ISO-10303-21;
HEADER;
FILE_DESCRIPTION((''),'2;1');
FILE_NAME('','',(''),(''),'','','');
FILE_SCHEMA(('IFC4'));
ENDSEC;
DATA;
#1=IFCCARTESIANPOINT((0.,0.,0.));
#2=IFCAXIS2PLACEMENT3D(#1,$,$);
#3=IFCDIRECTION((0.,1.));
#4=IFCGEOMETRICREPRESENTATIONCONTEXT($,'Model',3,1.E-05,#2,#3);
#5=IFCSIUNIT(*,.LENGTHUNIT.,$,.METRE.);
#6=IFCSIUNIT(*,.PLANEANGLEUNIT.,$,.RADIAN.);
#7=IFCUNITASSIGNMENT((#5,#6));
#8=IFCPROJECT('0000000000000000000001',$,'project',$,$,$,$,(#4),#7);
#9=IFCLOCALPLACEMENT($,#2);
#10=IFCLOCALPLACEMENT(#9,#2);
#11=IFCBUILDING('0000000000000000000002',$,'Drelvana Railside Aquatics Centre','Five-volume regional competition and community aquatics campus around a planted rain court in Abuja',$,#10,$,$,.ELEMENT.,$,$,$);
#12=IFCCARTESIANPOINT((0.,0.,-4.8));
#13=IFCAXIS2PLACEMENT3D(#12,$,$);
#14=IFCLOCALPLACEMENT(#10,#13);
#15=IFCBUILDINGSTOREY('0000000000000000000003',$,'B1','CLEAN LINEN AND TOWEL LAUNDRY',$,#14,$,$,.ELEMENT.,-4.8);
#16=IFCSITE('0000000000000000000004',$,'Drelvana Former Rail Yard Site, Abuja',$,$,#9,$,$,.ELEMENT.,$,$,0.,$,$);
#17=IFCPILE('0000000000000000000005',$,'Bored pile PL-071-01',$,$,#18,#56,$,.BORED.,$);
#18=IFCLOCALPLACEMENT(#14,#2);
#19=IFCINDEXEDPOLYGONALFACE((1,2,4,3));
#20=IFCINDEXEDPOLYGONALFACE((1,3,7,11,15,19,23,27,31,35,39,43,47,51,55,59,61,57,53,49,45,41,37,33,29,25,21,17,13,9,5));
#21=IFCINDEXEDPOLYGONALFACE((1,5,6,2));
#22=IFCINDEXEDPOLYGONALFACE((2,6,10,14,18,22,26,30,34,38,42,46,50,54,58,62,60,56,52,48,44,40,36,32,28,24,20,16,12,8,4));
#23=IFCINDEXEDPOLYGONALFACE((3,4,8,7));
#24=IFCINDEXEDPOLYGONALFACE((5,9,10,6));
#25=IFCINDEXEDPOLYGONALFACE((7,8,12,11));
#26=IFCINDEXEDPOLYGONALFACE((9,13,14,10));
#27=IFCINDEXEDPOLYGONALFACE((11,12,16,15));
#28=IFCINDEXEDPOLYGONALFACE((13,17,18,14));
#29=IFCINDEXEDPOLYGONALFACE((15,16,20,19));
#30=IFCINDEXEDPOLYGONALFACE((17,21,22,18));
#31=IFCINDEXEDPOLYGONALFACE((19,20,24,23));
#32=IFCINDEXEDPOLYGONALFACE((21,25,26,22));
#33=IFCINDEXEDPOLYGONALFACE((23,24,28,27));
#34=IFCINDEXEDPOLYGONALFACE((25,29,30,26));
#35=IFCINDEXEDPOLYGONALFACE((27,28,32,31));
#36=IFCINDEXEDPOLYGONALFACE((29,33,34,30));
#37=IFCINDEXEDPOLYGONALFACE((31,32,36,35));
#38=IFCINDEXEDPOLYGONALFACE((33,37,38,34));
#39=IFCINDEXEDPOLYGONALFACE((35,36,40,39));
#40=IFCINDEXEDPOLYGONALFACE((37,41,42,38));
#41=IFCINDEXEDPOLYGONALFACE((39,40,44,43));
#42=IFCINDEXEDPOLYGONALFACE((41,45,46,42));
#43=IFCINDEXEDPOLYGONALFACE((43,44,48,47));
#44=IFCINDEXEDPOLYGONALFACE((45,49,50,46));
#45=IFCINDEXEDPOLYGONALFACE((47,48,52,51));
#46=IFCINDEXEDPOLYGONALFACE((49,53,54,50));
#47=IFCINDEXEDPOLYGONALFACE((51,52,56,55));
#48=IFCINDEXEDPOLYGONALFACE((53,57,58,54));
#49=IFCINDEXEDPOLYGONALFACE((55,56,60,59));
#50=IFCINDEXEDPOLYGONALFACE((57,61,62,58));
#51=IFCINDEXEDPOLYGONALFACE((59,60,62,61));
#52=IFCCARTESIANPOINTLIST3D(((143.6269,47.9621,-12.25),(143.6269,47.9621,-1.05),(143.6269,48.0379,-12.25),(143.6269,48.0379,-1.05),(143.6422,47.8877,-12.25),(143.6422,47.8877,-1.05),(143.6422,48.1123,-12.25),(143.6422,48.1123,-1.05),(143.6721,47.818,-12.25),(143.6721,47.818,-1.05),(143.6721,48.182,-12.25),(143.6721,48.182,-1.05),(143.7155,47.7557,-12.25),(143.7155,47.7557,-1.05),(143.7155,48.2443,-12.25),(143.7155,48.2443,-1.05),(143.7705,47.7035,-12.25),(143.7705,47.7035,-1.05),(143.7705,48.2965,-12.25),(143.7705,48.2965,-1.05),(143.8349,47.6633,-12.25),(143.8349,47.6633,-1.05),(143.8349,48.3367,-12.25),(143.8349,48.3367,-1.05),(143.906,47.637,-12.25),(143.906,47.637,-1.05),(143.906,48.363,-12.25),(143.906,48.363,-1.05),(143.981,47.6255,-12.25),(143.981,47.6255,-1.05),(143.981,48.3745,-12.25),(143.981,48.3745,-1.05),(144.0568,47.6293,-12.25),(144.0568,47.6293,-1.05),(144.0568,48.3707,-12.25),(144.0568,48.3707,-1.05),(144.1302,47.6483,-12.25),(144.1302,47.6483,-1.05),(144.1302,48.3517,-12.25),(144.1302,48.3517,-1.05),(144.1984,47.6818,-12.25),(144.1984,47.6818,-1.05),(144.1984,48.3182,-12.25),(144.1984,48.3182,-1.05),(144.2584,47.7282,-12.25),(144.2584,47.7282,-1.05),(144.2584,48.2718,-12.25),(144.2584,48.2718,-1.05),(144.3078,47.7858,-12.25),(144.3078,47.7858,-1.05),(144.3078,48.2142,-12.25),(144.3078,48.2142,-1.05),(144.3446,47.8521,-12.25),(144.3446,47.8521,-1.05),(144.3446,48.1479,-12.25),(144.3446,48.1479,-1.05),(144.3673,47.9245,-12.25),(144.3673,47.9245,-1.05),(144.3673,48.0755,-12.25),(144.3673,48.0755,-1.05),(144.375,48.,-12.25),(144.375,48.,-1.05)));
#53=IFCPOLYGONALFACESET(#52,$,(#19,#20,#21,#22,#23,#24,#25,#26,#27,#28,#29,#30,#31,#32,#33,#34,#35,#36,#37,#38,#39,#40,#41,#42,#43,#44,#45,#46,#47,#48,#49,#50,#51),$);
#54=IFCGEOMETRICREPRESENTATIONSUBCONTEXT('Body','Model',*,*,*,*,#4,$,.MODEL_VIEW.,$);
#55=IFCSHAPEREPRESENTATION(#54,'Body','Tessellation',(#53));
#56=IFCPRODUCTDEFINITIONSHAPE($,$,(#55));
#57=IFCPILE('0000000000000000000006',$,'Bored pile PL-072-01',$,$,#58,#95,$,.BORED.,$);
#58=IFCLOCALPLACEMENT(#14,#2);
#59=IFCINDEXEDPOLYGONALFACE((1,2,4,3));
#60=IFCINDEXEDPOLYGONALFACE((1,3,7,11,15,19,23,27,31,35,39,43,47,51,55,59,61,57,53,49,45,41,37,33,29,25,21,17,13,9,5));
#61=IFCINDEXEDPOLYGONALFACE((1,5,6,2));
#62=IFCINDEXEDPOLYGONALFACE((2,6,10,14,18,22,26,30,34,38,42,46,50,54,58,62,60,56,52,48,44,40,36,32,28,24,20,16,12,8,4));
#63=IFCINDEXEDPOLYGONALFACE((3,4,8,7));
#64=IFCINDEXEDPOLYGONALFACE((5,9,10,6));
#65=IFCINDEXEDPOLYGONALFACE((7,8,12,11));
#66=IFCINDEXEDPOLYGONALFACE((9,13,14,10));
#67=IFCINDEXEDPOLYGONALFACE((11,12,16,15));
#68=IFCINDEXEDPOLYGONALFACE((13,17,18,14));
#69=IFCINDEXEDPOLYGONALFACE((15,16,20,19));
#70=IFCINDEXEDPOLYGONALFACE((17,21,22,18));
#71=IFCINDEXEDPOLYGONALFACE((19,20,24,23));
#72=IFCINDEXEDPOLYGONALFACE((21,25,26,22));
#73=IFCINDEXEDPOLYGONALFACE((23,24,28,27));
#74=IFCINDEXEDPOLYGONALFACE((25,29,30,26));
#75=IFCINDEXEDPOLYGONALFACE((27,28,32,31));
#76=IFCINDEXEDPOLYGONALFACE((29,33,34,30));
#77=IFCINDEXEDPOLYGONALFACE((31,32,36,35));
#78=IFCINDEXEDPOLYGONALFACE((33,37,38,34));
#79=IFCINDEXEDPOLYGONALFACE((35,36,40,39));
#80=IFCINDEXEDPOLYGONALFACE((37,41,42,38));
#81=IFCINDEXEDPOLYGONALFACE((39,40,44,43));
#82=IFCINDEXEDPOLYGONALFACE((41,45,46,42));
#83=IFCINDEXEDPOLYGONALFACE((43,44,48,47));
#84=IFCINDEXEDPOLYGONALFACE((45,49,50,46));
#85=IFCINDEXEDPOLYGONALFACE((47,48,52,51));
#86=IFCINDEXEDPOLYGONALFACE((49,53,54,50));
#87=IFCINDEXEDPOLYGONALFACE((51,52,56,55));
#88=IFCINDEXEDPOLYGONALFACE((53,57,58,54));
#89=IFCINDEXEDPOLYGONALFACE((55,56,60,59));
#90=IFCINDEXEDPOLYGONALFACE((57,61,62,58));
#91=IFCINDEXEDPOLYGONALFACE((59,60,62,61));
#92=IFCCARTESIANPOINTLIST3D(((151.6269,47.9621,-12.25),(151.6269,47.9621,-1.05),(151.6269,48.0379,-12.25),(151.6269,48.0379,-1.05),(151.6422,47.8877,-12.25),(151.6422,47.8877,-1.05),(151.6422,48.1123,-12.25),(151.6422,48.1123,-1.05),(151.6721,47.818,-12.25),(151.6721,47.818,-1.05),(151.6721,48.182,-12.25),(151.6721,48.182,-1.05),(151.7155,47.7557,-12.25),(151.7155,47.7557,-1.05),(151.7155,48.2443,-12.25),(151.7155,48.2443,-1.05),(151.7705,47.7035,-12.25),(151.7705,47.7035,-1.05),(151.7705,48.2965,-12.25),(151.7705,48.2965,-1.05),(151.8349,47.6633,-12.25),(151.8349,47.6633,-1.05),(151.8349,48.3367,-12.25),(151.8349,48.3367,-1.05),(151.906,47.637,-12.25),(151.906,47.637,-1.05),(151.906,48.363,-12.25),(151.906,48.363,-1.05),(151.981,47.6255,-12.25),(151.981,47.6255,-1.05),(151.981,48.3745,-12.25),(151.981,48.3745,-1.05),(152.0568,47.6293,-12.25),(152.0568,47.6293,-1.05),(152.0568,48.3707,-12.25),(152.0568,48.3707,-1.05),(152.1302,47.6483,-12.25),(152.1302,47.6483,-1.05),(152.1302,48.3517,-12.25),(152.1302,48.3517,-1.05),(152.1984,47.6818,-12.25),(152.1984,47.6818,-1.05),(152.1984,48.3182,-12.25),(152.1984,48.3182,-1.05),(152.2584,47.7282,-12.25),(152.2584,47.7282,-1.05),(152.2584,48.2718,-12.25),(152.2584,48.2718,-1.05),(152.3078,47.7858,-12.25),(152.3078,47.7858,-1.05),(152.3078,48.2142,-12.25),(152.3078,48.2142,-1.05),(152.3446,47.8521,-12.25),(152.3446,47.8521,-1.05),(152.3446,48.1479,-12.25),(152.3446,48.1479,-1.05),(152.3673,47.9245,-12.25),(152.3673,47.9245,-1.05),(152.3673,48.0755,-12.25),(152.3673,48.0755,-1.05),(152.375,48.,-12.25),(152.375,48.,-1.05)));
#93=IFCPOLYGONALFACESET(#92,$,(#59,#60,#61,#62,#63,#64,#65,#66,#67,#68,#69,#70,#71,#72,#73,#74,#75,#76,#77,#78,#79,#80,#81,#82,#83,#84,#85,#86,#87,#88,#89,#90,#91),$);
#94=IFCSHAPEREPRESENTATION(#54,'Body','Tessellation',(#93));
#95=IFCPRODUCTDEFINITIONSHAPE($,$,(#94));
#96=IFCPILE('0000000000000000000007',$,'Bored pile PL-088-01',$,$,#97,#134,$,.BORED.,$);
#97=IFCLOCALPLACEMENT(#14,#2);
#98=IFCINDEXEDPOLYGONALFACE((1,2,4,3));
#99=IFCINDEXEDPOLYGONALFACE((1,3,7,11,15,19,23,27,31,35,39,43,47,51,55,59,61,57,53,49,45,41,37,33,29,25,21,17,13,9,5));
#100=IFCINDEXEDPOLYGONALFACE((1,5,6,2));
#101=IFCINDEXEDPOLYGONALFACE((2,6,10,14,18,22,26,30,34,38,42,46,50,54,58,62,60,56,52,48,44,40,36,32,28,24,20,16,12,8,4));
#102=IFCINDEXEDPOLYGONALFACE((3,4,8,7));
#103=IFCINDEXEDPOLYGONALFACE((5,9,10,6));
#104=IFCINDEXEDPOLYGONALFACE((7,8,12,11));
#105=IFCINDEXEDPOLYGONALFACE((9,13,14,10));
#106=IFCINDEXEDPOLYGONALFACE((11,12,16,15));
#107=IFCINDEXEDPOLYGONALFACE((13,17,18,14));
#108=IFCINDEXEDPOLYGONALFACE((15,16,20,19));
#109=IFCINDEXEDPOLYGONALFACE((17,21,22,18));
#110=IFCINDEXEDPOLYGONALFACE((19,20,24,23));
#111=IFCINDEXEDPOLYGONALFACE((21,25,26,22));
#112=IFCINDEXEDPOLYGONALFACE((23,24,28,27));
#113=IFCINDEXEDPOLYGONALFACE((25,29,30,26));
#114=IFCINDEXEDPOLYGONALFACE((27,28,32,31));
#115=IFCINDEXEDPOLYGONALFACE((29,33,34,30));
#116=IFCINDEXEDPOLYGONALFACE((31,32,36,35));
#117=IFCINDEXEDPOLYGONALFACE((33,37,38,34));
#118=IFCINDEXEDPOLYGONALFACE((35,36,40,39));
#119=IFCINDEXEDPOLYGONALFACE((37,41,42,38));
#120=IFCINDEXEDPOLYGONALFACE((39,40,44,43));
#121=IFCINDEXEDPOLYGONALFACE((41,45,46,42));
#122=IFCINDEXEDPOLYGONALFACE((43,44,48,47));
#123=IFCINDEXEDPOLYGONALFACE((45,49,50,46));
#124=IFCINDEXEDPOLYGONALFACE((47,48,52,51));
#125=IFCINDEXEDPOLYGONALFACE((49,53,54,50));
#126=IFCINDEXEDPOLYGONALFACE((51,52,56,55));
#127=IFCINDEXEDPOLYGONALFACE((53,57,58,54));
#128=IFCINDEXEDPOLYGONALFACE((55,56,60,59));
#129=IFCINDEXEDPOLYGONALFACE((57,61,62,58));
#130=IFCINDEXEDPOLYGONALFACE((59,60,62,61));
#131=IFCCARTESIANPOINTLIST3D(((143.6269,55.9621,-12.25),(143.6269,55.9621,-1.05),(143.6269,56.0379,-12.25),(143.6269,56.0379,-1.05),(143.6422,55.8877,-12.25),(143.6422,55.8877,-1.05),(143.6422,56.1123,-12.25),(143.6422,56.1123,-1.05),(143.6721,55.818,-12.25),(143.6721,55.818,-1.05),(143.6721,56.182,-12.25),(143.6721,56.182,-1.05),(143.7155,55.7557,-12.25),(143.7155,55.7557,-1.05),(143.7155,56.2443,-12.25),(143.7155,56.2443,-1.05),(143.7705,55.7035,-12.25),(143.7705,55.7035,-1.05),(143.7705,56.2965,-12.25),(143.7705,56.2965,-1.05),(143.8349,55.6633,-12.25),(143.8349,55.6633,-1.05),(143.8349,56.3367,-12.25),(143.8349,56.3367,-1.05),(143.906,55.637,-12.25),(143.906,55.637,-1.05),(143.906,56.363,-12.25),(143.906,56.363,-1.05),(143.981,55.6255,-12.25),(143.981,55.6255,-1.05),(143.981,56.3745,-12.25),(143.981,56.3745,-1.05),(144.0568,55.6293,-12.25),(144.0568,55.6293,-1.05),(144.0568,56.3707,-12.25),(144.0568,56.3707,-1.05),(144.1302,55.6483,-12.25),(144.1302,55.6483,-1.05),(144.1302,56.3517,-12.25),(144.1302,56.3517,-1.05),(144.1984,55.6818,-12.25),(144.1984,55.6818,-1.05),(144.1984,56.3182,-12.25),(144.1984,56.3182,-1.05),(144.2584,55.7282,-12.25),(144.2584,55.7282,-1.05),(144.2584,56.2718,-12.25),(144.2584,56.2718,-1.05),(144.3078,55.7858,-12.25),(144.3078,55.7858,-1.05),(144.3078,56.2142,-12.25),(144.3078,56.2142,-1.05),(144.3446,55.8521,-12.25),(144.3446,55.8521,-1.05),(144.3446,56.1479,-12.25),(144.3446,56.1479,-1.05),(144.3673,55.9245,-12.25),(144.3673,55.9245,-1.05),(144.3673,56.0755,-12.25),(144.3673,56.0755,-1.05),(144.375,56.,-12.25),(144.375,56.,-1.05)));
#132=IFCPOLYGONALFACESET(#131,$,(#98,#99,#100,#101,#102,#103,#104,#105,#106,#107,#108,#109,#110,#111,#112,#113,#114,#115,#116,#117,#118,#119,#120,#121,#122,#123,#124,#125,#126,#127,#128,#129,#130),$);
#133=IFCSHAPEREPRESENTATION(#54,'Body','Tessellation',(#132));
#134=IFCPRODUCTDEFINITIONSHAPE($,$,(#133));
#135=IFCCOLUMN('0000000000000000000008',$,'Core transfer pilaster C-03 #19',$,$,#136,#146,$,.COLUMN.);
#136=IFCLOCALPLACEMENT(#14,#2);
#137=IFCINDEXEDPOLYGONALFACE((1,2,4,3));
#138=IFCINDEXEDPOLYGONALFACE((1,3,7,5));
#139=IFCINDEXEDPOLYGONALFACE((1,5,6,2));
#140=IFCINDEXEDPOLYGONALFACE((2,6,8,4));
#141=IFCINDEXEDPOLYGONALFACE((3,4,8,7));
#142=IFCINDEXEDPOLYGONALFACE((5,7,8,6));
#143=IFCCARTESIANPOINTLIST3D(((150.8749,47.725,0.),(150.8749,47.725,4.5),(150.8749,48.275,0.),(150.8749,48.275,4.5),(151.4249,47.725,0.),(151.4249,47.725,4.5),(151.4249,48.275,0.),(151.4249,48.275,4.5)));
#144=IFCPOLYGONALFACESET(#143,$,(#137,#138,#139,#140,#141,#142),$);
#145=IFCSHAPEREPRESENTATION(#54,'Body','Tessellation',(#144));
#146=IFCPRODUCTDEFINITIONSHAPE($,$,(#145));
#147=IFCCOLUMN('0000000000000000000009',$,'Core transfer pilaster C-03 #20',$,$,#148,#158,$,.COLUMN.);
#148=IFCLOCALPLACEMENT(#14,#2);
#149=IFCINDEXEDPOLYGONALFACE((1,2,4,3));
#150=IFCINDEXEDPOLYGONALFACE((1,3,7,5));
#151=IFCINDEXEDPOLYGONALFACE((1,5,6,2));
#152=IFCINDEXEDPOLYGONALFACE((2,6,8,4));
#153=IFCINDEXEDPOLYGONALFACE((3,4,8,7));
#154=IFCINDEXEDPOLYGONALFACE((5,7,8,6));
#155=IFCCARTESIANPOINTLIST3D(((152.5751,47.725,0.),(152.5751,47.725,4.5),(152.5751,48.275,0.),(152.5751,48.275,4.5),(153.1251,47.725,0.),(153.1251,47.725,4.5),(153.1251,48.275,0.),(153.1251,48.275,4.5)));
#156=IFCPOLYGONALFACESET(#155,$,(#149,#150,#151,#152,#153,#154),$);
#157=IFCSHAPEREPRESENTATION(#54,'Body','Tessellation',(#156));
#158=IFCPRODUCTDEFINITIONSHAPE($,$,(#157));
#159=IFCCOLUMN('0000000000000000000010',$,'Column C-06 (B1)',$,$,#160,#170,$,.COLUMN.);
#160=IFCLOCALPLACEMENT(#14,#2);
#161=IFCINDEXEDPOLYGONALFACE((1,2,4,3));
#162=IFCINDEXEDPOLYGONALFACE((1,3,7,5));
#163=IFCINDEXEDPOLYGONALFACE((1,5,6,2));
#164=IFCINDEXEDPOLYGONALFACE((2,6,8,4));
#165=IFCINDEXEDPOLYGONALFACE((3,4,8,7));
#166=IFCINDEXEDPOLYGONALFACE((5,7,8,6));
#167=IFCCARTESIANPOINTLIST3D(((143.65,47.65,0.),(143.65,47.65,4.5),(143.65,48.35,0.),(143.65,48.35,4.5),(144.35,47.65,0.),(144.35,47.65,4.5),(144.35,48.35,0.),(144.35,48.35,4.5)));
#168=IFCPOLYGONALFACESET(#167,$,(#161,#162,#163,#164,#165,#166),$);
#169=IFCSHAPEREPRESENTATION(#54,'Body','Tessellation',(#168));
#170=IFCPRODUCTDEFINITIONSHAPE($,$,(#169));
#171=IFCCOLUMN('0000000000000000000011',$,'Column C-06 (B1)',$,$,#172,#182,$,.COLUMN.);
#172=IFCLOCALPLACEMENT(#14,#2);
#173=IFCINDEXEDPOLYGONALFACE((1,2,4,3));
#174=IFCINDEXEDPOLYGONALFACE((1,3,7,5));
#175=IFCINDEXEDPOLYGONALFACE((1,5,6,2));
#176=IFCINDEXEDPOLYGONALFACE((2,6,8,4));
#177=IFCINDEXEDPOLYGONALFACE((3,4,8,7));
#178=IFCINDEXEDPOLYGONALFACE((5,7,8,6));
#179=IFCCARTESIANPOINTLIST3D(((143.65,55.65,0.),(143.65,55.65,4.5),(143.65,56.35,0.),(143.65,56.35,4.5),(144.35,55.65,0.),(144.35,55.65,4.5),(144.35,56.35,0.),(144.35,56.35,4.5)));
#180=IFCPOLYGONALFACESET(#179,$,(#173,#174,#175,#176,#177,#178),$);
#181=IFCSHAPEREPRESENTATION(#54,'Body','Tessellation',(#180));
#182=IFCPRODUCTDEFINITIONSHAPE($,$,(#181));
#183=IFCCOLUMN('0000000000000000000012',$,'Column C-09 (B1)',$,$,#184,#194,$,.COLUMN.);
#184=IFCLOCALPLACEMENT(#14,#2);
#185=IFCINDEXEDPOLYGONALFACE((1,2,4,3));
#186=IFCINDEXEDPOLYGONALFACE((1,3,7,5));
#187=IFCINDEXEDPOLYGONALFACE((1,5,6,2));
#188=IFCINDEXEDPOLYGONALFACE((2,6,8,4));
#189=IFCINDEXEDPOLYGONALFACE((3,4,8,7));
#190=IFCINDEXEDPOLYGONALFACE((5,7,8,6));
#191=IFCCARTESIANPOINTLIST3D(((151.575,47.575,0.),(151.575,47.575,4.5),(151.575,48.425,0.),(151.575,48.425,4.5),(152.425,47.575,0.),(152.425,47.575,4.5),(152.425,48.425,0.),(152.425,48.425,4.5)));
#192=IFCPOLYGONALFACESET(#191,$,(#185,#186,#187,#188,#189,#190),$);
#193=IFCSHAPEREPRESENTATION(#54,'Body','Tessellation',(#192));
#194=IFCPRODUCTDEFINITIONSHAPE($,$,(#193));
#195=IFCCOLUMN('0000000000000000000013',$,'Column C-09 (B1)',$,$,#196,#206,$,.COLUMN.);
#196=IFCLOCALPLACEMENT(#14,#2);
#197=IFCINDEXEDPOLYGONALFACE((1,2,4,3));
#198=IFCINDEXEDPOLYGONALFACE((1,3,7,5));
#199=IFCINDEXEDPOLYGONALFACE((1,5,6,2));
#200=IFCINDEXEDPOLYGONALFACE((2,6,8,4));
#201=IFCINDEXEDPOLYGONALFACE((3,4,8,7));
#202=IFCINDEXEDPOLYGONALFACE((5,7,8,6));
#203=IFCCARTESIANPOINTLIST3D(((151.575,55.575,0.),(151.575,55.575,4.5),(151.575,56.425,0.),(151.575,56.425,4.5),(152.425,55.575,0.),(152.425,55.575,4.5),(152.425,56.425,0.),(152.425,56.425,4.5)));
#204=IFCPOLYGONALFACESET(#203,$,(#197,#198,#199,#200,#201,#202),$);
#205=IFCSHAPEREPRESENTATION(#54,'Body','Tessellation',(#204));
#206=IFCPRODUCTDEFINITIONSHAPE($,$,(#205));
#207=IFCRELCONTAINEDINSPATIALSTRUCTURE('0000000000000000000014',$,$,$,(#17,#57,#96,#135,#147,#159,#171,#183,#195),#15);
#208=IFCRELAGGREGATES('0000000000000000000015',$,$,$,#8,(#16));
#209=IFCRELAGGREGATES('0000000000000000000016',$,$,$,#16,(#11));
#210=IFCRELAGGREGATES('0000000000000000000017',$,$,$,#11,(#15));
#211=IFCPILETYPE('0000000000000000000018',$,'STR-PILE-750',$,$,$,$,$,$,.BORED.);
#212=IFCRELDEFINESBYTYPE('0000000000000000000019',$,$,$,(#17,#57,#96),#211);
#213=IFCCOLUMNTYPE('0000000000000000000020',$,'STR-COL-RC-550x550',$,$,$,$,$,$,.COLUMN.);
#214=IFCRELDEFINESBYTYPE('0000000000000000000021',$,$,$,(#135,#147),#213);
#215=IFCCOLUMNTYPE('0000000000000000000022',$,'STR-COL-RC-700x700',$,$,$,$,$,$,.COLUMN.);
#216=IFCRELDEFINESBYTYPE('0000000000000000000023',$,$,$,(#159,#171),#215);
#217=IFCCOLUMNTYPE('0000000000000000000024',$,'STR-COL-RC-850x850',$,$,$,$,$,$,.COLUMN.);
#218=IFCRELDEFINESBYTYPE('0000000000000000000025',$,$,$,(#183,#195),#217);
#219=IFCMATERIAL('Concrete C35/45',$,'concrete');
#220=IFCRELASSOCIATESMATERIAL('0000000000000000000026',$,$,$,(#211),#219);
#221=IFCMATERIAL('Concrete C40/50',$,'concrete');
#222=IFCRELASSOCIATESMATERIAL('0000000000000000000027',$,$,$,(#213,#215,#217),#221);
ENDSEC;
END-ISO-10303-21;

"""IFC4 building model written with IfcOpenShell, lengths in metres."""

from ifc_helpers import new_model, si_unit, direction, frame, origin, origin_2d, place, context, subcontext, project, spatial, rectangle, circle, extrude, material, material_profile, profile_set, type_object, element, save


model = new_model("IFC4")

# Units and contexts
model_context = context("Model", 3, precision=1e-05, world=origin(), true_north=direction((0.0, 1.0)))
body_context = subcontext(model_context, "Body", "Model", "MODEL_VIEW")
ifc_project = project(units=[si_unit("LENGTHUNIT", "METRE"), si_unit("PLANEANGLEUNIT", "RADIAN")], contexts=[model_context])

# Site, building, storey
site_placement = place(None, origin())
site = spatial("IfcSite", under=ifc_project, at=site_placement, Name="Drelvana Former Rail Yard Site, Abuja", CompositionType="ELEMENT", RefElevation=0.0)
building_placement = place(site_placement, origin())
building = spatial("IfcBuilding", under=site, at=building_placement, Name="Drelvana Railside Aquatics Centre", Description="Five-volume regional competition and community aquatics campus around a planted rain court in Abuja", CompositionType="ELEMENT")
storey_placement = place(building_placement, frame((0.0, 0.0, -4.8)))
storey = spatial("IfcBuildingStorey", under=building, at=storey_placement, Name="B1", Description="CLEAN LINEN AND TOWEL LAUNDRY", CompositionType="ELEMENT", Elevation=-4.8)

# Shared definitions
ifc_material_1 = material(Name="Concrete C35/45", Category="concrete")

# Piles
ifc_material_profile_1 = material_profile(ifc_material_1, circle(Radius=0.375, at=origin_2d()), Name="PILE D750")
ifc_profile_set_1 = profile_set([ifc_material_profile_1], Name="Concrete C35/45")
pile_type_1 = type_object("IfcPileType", Name="STR-PILE-750", PredefinedType="BORED", material=ifc_profile_set_1)
for number, where, z_axis, x_axis, name in (
    (1, (144.0, 48.0, -1.05), (0.0, 0.0, -1.0), (1.0, 0.0, 0.0), "Bored pile PL-071-01"),
    (2, (152.0, 48.0, -1.05), (0.0, 0.0, -1.0), (1.0, 0.0, 0.0), "Bored pile PL-072-01"),
    (3, (144.0, 56.0, -1.05), (0.0, 0.0, -1.0), (1.0, 0.0, 0.0), "Bored pile PL-088-01"),
):
    element("IfcPile", number, at=place(storey_placement, frame(where, z_axis=z_axis, x_axis=x_axis)), inside=storey, type_object=pile_type_1, Name=name, PredefinedType="BORED", context=body_context, shape_type="SweptSolid", body=[
        extrude(circle(Radius=0.375, at=origin_2d()), origin(), (0.0, 0.0, 1.0), 11.2),
    ])

# Columns
ifc_material_2 = material(Name="Concrete C40/50", Category="concrete")
ifc_material_profile_2 = material_profile(ifc_material_2, rectangle(XDim=0.55, YDim=0.55, at=origin_2d()), Name="RC 550x550")
ifc_profile_set_2 = profile_set([ifc_material_profile_2], Name="Concrete C40/50")
column_type_1 = type_object("IfcColumnType", Name="STR-COL-RC-550x550", PredefinedType="COLUMN", material=ifc_profile_set_2)
for number, where, z_axis, x_axis, name in (
    (4, (151.1499, 48.0, 0.0), (0.0, 0.0, 1.0), (1.0, 0.0, 0.0), "Core transfer pilaster C-03 #19"),
    (5, (152.8501, 48.0, 0.0), (0.0, 0.0, 1.0), (1.0, 0.0, 0.0), "Core transfer pilaster C-03 #20"),
):
    element("IfcColumn", number, at=place(storey_placement, frame(where, z_axis=z_axis, x_axis=x_axis)), inside=storey, type_object=column_type_1, Name=name, PredefinedType="COLUMN", context=body_context, shape_type="SweptSolid", body=[
        extrude(rectangle(XDim=0.55, YDim=0.55, at=origin_2d()), origin(), (0.0, 0.0, 1.0), 4.5),
    ])
ifc_material_profile_3 = material_profile(ifc_material_2, rectangle(XDim=0.7, YDim=0.7, at=origin_2d()), Name="RC 700x700")
ifc_profile_set_3 = profile_set([ifc_material_profile_3], Name="Concrete C40/50")
column_type_2 = type_object("IfcColumnType", Name="STR-COL-RC-700x700", PredefinedType="COLUMN", material=ifc_profile_set_3)
for number, where, z_axis, x_axis, name in (
    (6, (144.0, 48.0, 0.0), (0.0, 0.0, 1.0), (1.0, 0.0, 0.0), "Column C-06 (B1)"),
    (7, (144.0, 56.0, 0.0), (0.0, 0.0, 1.0), (1.0, 0.0, 0.0), "Column C-06 (B1)"),
):
    element("IfcColumn", number, at=place(storey_placement, frame(where, z_axis=z_axis, x_axis=x_axis)), inside=storey, type_object=column_type_2, Name=name, PredefinedType="COLUMN", context=body_context, shape_type="SweptSolid", body=[
        extrude(rectangle(XDim=0.7, YDim=0.7, at=origin_2d()), origin(), (0.0, 0.0, 1.0), 4.5),
    ])
ifc_material_profile_4 = material_profile(ifc_material_2, rectangle(XDim=0.8501, YDim=0.8501, at=origin_2d()), Name="RC 850x850")
ifc_profile_set_4 = profile_set([ifc_material_profile_4], Name="Concrete C40/50")
column_type_3 = type_object("IfcColumnType", Name="STR-COL-RC-850x850", PredefinedType="COLUMN", material=ifc_profile_set_4)
for number, where, z_axis, x_axis, name in (
    (8, (152.0, 48.0, 0.0), (0.0, 0.0, 1.0), (1.0, 0.0, 0.0), "Column C-09 (B1)"),
    (9, (152.0, 56.0, 0.0), (0.0, 0.0, 1.0), (1.0, 0.0, 0.0), "Column C-09 (B1)"),
):
    element("IfcColumn", number, at=place(storey_placement, frame(where, z_axis=z_axis, x_axis=x_axis)), inside=storey, type_object=column_type_3, Name=name, PredefinedType="COLUMN", context=body_context, shape_type="SweptSolid", body=[
        extrude(rectangle(XDim=0.8501, YDim=0.8501, at=origin_2d()), origin(), (0.0, 0.0, 1.0), 4.5),
    ])

save(model, "model.ifc")
